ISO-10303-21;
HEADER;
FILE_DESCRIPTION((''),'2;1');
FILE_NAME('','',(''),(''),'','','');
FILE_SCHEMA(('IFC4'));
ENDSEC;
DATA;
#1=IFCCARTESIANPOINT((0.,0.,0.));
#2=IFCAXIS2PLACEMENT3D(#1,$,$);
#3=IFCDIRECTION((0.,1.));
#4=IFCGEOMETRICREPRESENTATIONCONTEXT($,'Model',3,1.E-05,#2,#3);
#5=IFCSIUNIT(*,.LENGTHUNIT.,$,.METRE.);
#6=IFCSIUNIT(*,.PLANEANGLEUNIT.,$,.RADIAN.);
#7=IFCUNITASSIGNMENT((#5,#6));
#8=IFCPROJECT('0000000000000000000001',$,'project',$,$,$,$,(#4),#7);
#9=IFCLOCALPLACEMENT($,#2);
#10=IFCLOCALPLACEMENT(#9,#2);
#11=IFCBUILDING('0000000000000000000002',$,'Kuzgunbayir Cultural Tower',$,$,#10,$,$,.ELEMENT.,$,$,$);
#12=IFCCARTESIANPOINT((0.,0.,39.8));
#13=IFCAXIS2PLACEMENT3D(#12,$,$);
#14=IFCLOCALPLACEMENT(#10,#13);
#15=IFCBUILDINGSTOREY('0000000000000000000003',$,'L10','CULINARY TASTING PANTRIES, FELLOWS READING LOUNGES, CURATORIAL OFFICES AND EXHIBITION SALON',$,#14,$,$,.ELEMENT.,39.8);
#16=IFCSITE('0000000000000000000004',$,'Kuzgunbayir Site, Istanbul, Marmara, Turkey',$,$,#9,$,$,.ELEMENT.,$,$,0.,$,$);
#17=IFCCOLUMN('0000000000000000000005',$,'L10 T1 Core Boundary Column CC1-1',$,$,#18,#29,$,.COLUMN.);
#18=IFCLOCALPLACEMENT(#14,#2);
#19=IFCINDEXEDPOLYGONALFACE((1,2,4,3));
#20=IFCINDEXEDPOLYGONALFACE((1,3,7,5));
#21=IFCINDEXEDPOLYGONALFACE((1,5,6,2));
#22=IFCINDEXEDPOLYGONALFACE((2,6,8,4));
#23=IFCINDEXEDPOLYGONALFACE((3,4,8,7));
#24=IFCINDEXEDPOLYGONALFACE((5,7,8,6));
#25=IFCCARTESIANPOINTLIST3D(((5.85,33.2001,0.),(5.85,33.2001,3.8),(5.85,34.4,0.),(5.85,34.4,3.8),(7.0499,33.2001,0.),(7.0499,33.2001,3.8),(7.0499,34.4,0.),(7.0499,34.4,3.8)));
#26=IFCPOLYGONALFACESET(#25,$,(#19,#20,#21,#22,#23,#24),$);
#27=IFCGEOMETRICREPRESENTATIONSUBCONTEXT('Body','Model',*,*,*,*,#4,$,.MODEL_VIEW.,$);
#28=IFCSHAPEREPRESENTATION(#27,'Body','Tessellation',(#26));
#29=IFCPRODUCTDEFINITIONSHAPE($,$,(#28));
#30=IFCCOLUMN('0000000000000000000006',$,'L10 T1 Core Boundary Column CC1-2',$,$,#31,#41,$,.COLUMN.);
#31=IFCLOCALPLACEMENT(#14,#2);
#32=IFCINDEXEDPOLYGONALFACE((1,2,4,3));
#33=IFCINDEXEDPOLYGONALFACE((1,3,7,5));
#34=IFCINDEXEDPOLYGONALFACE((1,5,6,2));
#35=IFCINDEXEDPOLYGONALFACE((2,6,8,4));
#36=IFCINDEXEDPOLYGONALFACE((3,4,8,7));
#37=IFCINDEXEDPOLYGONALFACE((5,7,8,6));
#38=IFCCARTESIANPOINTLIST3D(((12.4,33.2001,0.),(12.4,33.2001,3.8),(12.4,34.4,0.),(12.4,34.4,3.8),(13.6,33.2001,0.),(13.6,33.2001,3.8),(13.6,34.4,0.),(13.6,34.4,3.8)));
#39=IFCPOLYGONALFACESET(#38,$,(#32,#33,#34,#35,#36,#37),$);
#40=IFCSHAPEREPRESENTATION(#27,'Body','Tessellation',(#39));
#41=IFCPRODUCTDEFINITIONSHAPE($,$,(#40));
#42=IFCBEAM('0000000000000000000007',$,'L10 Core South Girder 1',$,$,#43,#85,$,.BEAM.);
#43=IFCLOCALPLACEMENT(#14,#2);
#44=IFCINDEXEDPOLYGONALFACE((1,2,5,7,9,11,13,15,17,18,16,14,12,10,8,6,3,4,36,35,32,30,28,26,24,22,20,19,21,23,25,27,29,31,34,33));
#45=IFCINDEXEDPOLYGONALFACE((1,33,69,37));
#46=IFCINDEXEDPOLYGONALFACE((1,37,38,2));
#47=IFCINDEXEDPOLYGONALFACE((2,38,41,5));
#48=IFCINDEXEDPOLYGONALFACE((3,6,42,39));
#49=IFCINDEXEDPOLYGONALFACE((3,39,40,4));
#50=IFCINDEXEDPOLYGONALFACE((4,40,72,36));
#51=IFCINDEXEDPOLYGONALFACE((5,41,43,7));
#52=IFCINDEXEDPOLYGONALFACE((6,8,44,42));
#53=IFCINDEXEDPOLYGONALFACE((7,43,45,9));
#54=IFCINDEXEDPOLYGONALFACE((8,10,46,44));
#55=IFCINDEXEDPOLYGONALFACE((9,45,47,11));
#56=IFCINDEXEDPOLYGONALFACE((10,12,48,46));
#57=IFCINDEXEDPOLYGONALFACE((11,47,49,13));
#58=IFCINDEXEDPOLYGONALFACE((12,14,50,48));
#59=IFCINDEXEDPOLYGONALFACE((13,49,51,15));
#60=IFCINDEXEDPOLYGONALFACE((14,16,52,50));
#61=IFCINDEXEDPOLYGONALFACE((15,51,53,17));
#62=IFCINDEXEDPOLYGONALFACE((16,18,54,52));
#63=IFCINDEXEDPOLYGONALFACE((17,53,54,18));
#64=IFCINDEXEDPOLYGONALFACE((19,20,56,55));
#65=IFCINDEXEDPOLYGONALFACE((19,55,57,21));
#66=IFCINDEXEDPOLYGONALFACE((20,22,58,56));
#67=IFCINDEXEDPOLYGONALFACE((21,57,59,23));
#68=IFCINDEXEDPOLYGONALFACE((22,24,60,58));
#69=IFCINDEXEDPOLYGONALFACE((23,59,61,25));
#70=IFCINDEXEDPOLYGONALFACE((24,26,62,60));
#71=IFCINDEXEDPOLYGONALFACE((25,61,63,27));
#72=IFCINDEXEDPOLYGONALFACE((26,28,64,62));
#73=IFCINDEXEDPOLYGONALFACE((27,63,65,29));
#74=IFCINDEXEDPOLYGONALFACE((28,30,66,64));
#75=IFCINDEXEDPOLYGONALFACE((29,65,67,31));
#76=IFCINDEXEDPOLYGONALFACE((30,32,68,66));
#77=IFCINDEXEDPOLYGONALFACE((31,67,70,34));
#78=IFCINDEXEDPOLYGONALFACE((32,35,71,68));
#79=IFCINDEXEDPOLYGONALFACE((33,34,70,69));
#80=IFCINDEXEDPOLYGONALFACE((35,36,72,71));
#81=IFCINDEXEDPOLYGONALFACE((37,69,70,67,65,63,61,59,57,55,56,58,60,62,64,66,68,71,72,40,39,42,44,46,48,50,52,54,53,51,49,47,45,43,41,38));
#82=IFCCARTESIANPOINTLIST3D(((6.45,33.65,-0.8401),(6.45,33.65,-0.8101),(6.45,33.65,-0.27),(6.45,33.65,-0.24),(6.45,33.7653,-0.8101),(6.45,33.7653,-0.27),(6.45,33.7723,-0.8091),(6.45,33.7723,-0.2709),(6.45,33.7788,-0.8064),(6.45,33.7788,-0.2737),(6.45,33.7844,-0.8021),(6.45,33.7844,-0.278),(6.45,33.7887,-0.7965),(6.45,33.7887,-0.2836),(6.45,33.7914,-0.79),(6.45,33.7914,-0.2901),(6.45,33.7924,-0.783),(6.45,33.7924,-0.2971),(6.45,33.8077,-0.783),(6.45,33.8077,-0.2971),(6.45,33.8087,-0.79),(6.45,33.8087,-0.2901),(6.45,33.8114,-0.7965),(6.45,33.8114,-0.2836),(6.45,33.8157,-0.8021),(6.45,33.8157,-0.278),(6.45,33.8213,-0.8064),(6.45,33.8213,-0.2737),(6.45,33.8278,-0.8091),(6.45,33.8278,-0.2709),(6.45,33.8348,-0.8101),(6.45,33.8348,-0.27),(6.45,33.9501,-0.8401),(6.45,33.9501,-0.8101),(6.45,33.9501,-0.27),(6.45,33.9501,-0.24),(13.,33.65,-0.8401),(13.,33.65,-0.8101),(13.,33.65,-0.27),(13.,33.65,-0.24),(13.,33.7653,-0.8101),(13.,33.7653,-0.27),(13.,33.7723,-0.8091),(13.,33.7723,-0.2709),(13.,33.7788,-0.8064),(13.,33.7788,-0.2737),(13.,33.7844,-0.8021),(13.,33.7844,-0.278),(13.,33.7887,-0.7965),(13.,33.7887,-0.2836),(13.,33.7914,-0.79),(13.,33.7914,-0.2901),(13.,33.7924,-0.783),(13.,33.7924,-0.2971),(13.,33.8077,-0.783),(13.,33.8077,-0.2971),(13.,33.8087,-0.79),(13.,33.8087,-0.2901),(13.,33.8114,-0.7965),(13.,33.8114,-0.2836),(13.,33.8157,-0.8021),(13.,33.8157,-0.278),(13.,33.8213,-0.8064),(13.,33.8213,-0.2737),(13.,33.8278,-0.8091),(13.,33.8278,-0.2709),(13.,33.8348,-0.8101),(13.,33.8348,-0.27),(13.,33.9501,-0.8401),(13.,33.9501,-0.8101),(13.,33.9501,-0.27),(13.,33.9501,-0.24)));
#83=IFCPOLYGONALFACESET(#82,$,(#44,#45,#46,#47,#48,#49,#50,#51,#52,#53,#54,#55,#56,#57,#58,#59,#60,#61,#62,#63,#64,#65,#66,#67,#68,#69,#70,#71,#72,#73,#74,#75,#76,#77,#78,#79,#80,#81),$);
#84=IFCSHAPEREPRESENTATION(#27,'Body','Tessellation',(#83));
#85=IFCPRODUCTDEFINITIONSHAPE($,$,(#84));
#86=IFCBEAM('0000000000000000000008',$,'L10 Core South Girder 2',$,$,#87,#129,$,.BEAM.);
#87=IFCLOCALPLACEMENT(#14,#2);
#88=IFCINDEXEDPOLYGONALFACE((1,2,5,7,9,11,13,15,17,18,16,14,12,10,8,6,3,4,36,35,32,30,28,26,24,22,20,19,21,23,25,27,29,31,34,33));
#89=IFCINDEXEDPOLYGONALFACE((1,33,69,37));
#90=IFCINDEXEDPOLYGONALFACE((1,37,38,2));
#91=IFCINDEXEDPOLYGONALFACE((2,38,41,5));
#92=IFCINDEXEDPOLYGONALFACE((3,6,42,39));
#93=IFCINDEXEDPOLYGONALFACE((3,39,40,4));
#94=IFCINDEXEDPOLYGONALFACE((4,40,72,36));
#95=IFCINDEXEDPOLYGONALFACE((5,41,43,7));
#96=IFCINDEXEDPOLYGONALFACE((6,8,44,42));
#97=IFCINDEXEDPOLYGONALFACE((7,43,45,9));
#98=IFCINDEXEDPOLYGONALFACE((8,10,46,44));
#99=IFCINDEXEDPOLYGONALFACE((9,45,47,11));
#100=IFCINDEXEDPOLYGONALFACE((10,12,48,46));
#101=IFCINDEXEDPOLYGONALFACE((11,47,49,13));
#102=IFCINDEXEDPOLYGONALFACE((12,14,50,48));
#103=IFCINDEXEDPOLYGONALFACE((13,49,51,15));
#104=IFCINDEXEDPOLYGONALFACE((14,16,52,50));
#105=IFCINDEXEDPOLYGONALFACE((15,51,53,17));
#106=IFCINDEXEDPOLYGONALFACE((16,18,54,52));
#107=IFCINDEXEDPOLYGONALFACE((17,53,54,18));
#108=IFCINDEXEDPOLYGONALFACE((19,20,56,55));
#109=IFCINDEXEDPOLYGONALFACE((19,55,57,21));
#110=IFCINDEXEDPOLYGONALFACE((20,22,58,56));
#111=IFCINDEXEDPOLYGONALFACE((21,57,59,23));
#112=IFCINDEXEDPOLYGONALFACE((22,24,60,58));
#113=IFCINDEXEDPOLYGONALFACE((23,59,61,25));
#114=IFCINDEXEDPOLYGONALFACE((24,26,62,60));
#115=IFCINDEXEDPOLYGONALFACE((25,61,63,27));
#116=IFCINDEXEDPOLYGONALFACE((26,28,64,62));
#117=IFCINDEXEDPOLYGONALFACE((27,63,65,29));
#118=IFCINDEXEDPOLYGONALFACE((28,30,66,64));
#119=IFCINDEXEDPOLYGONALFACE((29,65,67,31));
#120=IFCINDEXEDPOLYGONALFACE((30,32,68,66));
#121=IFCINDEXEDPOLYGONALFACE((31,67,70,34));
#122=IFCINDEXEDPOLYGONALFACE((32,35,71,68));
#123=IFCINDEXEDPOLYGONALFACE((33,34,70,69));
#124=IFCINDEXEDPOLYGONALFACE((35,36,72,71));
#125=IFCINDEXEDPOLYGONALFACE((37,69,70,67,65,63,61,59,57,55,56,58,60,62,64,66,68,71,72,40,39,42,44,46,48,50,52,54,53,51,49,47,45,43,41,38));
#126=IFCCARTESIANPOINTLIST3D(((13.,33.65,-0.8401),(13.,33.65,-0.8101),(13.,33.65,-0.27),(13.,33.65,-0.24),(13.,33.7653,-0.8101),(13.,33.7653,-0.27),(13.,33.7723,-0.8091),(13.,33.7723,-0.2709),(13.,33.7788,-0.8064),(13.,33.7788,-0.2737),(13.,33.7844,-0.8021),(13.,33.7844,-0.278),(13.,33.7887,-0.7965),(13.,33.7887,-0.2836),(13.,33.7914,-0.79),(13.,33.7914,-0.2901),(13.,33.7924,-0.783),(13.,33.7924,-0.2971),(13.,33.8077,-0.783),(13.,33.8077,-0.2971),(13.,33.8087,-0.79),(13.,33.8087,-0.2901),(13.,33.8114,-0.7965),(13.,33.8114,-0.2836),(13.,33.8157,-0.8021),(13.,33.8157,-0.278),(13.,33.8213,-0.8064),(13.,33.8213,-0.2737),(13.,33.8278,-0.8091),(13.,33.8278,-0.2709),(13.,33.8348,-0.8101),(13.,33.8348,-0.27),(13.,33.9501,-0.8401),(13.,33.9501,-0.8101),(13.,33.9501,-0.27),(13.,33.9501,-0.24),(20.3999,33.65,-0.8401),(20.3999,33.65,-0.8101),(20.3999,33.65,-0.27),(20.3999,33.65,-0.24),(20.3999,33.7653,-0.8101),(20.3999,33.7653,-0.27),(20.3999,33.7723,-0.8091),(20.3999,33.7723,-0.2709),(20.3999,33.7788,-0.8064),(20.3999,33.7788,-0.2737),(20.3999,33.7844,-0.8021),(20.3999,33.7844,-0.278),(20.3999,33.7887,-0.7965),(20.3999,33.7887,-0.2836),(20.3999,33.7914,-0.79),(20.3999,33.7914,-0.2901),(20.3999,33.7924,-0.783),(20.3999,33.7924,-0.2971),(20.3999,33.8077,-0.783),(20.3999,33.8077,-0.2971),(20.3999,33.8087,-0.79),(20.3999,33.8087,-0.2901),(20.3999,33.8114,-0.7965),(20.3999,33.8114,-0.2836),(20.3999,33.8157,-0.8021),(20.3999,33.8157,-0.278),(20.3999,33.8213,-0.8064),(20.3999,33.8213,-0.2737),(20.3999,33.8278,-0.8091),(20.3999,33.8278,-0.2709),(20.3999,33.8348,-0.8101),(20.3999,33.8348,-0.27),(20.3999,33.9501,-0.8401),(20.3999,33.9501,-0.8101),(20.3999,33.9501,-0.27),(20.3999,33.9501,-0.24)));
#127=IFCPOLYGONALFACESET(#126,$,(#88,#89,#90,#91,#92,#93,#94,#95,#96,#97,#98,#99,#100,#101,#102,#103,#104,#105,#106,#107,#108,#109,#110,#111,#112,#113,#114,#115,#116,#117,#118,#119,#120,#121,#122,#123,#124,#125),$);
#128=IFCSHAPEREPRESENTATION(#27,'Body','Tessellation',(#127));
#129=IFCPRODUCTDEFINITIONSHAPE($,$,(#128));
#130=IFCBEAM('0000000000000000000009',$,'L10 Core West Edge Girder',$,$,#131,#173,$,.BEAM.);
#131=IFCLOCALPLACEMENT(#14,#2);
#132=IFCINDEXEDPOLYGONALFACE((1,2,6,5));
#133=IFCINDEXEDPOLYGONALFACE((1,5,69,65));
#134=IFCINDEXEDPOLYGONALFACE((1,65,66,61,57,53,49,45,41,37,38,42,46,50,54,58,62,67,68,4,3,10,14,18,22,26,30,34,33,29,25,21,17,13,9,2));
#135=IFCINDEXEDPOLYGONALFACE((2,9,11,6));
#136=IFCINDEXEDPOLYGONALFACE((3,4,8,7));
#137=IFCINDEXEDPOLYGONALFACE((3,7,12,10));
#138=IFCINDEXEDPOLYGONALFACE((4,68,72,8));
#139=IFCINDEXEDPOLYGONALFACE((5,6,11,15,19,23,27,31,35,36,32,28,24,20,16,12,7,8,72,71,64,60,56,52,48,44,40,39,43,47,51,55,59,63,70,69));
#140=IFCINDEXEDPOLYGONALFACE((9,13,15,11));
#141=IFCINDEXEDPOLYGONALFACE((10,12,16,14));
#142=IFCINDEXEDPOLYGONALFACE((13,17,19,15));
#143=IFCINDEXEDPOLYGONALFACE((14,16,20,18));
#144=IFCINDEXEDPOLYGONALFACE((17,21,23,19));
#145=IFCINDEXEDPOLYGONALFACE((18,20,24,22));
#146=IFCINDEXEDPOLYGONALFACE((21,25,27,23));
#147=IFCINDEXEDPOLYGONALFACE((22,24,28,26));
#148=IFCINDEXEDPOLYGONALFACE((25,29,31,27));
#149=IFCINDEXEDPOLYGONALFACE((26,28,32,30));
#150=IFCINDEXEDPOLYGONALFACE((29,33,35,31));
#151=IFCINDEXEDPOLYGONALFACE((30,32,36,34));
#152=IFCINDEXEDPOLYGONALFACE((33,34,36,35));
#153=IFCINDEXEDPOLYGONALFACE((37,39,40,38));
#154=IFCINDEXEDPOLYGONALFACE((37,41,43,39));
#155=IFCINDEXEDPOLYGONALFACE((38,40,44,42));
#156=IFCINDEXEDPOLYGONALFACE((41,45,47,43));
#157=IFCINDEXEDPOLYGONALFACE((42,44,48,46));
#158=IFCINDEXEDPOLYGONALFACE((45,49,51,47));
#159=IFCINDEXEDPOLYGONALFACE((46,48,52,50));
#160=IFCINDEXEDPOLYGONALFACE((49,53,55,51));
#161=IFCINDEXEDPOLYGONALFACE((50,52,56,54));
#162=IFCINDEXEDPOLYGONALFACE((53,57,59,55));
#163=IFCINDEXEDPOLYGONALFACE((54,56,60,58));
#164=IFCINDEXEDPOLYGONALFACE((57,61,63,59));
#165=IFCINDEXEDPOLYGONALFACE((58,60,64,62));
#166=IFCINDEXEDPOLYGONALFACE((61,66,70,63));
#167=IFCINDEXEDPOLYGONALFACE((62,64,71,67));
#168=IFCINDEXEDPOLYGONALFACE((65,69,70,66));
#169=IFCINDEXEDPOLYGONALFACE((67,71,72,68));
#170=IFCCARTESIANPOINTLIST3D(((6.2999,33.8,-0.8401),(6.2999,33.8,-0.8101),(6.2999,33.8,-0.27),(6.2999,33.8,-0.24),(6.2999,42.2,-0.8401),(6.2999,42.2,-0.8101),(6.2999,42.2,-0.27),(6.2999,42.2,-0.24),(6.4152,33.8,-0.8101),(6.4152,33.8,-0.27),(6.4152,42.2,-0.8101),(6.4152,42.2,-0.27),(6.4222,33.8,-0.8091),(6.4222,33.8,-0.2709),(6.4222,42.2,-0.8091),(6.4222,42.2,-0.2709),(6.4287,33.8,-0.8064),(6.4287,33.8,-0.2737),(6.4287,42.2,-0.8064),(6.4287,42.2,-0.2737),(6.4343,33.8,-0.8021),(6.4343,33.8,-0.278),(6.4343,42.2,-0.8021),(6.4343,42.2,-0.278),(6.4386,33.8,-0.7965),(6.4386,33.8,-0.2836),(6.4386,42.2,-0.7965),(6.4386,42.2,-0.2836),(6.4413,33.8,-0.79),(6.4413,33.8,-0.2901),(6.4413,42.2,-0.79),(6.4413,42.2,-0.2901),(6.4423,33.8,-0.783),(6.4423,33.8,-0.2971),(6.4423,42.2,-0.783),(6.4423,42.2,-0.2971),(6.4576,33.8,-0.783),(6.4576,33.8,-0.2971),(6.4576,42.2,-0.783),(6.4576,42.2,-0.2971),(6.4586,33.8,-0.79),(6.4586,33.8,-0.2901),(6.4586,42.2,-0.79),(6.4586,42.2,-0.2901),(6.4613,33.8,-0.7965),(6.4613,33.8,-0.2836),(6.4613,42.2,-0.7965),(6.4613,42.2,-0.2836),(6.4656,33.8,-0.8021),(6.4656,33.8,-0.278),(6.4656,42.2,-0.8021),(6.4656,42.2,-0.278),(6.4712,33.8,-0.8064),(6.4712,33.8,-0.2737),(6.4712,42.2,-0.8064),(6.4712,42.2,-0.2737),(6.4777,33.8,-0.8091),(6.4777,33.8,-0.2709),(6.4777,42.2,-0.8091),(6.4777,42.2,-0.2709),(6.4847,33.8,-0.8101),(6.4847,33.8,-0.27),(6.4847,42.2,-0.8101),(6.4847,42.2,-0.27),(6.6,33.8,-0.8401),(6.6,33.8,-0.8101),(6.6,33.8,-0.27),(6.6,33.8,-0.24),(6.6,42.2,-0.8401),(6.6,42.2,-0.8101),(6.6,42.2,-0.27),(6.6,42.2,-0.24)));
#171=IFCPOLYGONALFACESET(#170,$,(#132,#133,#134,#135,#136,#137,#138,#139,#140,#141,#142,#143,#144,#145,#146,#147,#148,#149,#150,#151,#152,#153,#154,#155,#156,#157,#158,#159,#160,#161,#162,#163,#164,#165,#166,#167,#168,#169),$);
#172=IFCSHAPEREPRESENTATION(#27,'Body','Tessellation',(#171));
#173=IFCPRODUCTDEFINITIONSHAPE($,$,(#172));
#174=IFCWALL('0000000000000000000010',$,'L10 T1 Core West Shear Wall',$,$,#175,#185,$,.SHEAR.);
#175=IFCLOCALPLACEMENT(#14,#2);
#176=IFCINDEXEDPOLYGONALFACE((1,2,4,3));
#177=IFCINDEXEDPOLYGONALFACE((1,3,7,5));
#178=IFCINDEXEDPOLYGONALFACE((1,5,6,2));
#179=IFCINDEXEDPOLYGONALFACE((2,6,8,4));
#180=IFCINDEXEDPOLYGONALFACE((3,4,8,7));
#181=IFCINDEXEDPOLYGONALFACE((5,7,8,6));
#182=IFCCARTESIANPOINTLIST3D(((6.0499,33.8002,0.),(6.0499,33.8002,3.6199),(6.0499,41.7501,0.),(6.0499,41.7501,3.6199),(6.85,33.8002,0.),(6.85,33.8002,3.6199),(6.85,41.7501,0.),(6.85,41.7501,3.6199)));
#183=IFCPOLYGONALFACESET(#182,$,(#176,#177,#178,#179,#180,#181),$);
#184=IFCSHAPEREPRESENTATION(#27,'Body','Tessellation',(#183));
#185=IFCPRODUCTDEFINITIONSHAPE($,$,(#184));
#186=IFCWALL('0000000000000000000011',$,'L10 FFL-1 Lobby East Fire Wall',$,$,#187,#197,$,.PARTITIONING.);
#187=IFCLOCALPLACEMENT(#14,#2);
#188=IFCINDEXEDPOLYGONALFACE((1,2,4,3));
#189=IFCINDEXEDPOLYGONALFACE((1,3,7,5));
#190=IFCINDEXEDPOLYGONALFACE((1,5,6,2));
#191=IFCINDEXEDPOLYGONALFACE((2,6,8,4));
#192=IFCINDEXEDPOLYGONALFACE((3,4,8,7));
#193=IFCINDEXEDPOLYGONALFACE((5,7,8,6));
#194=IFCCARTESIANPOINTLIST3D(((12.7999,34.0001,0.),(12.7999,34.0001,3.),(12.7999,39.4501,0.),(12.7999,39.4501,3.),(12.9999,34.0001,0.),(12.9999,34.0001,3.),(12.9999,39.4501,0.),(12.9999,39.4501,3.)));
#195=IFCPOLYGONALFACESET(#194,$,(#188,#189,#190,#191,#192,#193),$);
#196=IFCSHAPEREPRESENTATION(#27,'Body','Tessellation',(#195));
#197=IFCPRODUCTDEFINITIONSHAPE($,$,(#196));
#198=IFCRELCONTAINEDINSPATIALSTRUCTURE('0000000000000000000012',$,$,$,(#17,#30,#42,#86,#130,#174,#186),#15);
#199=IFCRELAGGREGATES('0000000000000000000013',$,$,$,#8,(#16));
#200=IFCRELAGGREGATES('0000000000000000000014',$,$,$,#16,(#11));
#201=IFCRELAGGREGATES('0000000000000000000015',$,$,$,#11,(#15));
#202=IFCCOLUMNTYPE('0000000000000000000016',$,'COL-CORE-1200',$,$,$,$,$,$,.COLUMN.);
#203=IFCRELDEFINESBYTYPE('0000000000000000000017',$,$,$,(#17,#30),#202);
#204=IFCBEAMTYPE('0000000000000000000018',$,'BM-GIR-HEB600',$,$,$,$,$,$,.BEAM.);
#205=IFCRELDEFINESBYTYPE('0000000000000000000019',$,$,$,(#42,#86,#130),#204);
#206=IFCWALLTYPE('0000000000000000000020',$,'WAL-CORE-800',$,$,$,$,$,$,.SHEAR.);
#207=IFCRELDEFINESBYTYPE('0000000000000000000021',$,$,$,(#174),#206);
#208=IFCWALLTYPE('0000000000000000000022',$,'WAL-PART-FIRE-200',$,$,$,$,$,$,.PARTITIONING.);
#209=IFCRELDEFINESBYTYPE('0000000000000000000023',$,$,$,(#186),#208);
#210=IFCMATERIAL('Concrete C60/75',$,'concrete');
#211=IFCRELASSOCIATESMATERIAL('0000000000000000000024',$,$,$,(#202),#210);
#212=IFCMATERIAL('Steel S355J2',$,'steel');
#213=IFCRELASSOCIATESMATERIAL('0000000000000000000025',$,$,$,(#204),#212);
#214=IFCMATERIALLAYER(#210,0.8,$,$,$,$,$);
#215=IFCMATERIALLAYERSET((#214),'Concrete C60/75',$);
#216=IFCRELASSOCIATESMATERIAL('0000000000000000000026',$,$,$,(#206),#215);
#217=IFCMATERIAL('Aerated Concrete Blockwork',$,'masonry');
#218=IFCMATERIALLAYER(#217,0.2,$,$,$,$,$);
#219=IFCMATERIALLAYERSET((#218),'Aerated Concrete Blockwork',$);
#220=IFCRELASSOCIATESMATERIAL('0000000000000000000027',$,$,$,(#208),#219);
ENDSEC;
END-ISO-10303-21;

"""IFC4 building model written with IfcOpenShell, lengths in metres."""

from ifc_helpers import new_model, si_unit, direction, frame, frame_2d, origin, origin_2d, place, context, subcontext, project, spatial, rectangle, i_section, extrude, material, layer, layer_set, material_profile, profile_set, type_object, element, save


model = new_model("IFC4")

# Units and contexts
model_context = context("Model", 3, precision=1e-05, world=origin(), true_north=direction((0.0, 1.0)))
body_context = subcontext(model_context, "Body", "Model", "MODEL_VIEW")
ifc_project = project(units=[si_unit("LENGTHUNIT", "METRE"), si_unit("PLANEANGLEUNIT", "RADIAN")], contexts=[model_context])

# Site, building, storey
site_placement = place(None, origin())
site = spatial("IfcSite", under=ifc_project, at=site_placement, Name="Kuzgunbayir Site, Istanbul, Marmara, Turkey", CompositionType="ELEMENT", RefElevation=0.0)
building_placement = place(site_placement, origin())
building = spatial("IfcBuilding", under=site, at=building_placement, Name="Kuzgunbayir Cultural Tower", CompositionType="ELEMENT")
storey_placement = place(building_placement, frame((0.0, 0.0, 39.8)))
storey = spatial("IfcBuildingStorey", under=building, at=storey_placement, Name="L10", Description="CULINARY TASTING PANTRIES, FELLOWS READING LOUNGES, CURATORIAL OFFICES AND EXHIBITION SALON", CompositionType="ELEMENT", Elevation=39.8)

# Columns
ifc_material_1 = material(Name="Concrete C60/75", Category="concrete")
ifc_material_profile_1 = material_profile(ifc_material_1, rectangle(XDim=1.2, YDim=1.2, at=origin_2d()), Name="RC 1200x1200")
ifc_profile_set_1 = profile_set([ifc_material_profile_1], Name="Concrete C60/75")
column_type = type_object("IfcColumnType", Name="COL-CORE-1200", PredefinedType="COLUMN", material=ifc_profile_set_1)
for number, where, z_axis, x_axis, name in (
    (1, (6.45, 33.8, 0.0), (0.0, 0.0, 1.0), (1.0, 0.0, 0.0), "L10 T1 Core Boundary Column CC1-1"),
    (2, (13.0, 33.8, 0.0), (0.0, 0.0, 1.0), (1.0, 0.0, 0.0), "L10 T1 Core Boundary Column CC1-2"),
):
    element("IfcColumn", number, at=place(storey_placement, frame(where, z_axis=z_axis, x_axis=x_axis)), inside=storey, type_object=column_type, Name=name, PredefinedType="COLUMN", context=body_context, shape_type="SweptSolid", body=[
        extrude(rectangle(XDim=1.2, YDim=1.2, at=origin_2d()), origin(), (0.0, 0.0, 1.0), 3.8),
    ])

# Beams
ifc_material_2 = material(Name="Steel S355J2", Category="steel")
ifc_material_profile_2 = material_profile(ifc_material_2, i_section(OverallWidth=0.3, OverallDepth=0.6001, WebThickness=0.0154, FlangeThickness=0.03, FilletRadius=0.0271, at=origin_2d()), Name="HEB 600")
ifc_profile_set_2 = profile_set([ifc_material_profile_2], Name="Steel S355J2")
beam_type = type_object("IfcBeamType", Name="BM-GIR-HEB600", PredefinedType="BEAM", material=ifc_profile_set_2)
beam_1_placement = place(storey_placement, frame((6.45, 33.8, -0.54), z_axis=(1.0, 0.0, 0.0), x_axis=(0.0, 1.0, 0.0)))
element("IfcBeam", 3, at=beam_1_placement, inside=storey, type_object=beam_type, Name="L10 Core South Girder 1", PredefinedType="BEAM", context=body_context, shape_type="SweptSolid", body=[
    extrude(i_section(OverallWidth=0.3, OverallDepth=0.6001, WebThickness=0.0154, FlangeThickness=0.03, FilletRadius=0.0271, at=origin_2d()), origin(), (0.0, 0.0, 1.0), 6.55),
])
beam_2_placement = place(storey_placement, frame((13.0, 33.8, -0.54), z_axis=(1.0, 0.0, 0.0), x_axis=(0.0, 1.0, 0.0)))
element("IfcBeam", 4, at=beam_2_placement, inside=storey, type_object=beam_type, Name="L10 Core South Girder 2", PredefinedType="BEAM", context=body_context, shape_type="SweptSolid", body=[
    extrude(i_section(OverallWidth=0.3, OverallDepth=0.6001, WebThickness=0.0154, FlangeThickness=0.03, FilletRadius=0.0271, at=origin_2d()), origin(), (0.0, 0.0, 1.0), 7.3999),
])
beam_3_placement = place(storey_placement, frame((6.45, 33.8, -0.54), z_axis=(0.0, 1.0, 0.0), x_axis=(-1.0, 0.0, 0.0)))
element("IfcBeam", 5, at=beam_3_placement, inside=storey, type_object=beam_type, Name="L10 Core West Edge Girder", PredefinedType="BEAM", context=body_context, shape_type="SweptSolid", body=[
    extrude(i_section(OverallWidth=0.3, OverallDepth=0.6001, WebThickness=0.0154, FlangeThickness=0.03, FilletRadius=0.0271, at=origin_2d()), origin(), (0.0, 0.0, 1.0), 8.3999),
])

# Walls
ifc_layer_1 = layer(ifc_material_1, 0.8)
ifc_layer_set_1 = layer_set([ifc_layer_1], Name="Concrete C60/75")
wall_type_1 = type_object("IfcWallType", Name="WAL-CORE-800", PredefinedType="SHEAR", material=ifc_layer_set_1)
wall_1_placement = place(storey_placement, frame((6.45, 33.8, 0.0), z_axis=(0.0, 0.0, 1.0), x_axis=(0.0, 1.0, 0.0)))
element("IfcWall", 6, at=wall_1_placement, inside=storey, type_object=wall_type_1, Name="L10 T1 Core West Shear Wall", PredefinedType="SHEAR", context=body_context, shape_type="SweptSolid", body=[
    extrude(rectangle(XDim=7.95, YDim=0.8, at=frame_2d((3.9751, 0.0))), origin(), (0.0, 0.0, 1.0), 3.6199),
])
ifc_material_3 = material(Name="Aerated Concrete Blockwork", Category="masonry")
ifc_layer_2 = layer(ifc_material_3, 0.2)
ifc_layer_set_2 = layer_set([ifc_layer_2], Name="Aerated Concrete Blockwork")
wall_type_2 = type_object("IfcWallType", Name="WAL-PART-FIRE-200", PredefinedType="PARTITIONING", material=ifc_layer_set_2)
wall_2_placement = place(storey_placement, frame((12.8999, 34.0, 0.0), z_axis=(0.0, 0.0, 1.0), x_axis=(0.0, 1.0, 0.0)))
element("IfcWall", 7, at=wall_2_placement, inside=storey, type_object=wall_type_2, Name="L10 FFL-1 Lobby East Fire Wall", PredefinedType="PARTITIONING", context=body_context, shape_type="SweptSolid", body=[
    extrude(rectangle(XDim=5.45, YDim=0.2, at=frame_2d((2.7251, 0.0))), origin(), (0.0, 0.0, 1.0), 3.0),
])

save(model, "model.ifc")
